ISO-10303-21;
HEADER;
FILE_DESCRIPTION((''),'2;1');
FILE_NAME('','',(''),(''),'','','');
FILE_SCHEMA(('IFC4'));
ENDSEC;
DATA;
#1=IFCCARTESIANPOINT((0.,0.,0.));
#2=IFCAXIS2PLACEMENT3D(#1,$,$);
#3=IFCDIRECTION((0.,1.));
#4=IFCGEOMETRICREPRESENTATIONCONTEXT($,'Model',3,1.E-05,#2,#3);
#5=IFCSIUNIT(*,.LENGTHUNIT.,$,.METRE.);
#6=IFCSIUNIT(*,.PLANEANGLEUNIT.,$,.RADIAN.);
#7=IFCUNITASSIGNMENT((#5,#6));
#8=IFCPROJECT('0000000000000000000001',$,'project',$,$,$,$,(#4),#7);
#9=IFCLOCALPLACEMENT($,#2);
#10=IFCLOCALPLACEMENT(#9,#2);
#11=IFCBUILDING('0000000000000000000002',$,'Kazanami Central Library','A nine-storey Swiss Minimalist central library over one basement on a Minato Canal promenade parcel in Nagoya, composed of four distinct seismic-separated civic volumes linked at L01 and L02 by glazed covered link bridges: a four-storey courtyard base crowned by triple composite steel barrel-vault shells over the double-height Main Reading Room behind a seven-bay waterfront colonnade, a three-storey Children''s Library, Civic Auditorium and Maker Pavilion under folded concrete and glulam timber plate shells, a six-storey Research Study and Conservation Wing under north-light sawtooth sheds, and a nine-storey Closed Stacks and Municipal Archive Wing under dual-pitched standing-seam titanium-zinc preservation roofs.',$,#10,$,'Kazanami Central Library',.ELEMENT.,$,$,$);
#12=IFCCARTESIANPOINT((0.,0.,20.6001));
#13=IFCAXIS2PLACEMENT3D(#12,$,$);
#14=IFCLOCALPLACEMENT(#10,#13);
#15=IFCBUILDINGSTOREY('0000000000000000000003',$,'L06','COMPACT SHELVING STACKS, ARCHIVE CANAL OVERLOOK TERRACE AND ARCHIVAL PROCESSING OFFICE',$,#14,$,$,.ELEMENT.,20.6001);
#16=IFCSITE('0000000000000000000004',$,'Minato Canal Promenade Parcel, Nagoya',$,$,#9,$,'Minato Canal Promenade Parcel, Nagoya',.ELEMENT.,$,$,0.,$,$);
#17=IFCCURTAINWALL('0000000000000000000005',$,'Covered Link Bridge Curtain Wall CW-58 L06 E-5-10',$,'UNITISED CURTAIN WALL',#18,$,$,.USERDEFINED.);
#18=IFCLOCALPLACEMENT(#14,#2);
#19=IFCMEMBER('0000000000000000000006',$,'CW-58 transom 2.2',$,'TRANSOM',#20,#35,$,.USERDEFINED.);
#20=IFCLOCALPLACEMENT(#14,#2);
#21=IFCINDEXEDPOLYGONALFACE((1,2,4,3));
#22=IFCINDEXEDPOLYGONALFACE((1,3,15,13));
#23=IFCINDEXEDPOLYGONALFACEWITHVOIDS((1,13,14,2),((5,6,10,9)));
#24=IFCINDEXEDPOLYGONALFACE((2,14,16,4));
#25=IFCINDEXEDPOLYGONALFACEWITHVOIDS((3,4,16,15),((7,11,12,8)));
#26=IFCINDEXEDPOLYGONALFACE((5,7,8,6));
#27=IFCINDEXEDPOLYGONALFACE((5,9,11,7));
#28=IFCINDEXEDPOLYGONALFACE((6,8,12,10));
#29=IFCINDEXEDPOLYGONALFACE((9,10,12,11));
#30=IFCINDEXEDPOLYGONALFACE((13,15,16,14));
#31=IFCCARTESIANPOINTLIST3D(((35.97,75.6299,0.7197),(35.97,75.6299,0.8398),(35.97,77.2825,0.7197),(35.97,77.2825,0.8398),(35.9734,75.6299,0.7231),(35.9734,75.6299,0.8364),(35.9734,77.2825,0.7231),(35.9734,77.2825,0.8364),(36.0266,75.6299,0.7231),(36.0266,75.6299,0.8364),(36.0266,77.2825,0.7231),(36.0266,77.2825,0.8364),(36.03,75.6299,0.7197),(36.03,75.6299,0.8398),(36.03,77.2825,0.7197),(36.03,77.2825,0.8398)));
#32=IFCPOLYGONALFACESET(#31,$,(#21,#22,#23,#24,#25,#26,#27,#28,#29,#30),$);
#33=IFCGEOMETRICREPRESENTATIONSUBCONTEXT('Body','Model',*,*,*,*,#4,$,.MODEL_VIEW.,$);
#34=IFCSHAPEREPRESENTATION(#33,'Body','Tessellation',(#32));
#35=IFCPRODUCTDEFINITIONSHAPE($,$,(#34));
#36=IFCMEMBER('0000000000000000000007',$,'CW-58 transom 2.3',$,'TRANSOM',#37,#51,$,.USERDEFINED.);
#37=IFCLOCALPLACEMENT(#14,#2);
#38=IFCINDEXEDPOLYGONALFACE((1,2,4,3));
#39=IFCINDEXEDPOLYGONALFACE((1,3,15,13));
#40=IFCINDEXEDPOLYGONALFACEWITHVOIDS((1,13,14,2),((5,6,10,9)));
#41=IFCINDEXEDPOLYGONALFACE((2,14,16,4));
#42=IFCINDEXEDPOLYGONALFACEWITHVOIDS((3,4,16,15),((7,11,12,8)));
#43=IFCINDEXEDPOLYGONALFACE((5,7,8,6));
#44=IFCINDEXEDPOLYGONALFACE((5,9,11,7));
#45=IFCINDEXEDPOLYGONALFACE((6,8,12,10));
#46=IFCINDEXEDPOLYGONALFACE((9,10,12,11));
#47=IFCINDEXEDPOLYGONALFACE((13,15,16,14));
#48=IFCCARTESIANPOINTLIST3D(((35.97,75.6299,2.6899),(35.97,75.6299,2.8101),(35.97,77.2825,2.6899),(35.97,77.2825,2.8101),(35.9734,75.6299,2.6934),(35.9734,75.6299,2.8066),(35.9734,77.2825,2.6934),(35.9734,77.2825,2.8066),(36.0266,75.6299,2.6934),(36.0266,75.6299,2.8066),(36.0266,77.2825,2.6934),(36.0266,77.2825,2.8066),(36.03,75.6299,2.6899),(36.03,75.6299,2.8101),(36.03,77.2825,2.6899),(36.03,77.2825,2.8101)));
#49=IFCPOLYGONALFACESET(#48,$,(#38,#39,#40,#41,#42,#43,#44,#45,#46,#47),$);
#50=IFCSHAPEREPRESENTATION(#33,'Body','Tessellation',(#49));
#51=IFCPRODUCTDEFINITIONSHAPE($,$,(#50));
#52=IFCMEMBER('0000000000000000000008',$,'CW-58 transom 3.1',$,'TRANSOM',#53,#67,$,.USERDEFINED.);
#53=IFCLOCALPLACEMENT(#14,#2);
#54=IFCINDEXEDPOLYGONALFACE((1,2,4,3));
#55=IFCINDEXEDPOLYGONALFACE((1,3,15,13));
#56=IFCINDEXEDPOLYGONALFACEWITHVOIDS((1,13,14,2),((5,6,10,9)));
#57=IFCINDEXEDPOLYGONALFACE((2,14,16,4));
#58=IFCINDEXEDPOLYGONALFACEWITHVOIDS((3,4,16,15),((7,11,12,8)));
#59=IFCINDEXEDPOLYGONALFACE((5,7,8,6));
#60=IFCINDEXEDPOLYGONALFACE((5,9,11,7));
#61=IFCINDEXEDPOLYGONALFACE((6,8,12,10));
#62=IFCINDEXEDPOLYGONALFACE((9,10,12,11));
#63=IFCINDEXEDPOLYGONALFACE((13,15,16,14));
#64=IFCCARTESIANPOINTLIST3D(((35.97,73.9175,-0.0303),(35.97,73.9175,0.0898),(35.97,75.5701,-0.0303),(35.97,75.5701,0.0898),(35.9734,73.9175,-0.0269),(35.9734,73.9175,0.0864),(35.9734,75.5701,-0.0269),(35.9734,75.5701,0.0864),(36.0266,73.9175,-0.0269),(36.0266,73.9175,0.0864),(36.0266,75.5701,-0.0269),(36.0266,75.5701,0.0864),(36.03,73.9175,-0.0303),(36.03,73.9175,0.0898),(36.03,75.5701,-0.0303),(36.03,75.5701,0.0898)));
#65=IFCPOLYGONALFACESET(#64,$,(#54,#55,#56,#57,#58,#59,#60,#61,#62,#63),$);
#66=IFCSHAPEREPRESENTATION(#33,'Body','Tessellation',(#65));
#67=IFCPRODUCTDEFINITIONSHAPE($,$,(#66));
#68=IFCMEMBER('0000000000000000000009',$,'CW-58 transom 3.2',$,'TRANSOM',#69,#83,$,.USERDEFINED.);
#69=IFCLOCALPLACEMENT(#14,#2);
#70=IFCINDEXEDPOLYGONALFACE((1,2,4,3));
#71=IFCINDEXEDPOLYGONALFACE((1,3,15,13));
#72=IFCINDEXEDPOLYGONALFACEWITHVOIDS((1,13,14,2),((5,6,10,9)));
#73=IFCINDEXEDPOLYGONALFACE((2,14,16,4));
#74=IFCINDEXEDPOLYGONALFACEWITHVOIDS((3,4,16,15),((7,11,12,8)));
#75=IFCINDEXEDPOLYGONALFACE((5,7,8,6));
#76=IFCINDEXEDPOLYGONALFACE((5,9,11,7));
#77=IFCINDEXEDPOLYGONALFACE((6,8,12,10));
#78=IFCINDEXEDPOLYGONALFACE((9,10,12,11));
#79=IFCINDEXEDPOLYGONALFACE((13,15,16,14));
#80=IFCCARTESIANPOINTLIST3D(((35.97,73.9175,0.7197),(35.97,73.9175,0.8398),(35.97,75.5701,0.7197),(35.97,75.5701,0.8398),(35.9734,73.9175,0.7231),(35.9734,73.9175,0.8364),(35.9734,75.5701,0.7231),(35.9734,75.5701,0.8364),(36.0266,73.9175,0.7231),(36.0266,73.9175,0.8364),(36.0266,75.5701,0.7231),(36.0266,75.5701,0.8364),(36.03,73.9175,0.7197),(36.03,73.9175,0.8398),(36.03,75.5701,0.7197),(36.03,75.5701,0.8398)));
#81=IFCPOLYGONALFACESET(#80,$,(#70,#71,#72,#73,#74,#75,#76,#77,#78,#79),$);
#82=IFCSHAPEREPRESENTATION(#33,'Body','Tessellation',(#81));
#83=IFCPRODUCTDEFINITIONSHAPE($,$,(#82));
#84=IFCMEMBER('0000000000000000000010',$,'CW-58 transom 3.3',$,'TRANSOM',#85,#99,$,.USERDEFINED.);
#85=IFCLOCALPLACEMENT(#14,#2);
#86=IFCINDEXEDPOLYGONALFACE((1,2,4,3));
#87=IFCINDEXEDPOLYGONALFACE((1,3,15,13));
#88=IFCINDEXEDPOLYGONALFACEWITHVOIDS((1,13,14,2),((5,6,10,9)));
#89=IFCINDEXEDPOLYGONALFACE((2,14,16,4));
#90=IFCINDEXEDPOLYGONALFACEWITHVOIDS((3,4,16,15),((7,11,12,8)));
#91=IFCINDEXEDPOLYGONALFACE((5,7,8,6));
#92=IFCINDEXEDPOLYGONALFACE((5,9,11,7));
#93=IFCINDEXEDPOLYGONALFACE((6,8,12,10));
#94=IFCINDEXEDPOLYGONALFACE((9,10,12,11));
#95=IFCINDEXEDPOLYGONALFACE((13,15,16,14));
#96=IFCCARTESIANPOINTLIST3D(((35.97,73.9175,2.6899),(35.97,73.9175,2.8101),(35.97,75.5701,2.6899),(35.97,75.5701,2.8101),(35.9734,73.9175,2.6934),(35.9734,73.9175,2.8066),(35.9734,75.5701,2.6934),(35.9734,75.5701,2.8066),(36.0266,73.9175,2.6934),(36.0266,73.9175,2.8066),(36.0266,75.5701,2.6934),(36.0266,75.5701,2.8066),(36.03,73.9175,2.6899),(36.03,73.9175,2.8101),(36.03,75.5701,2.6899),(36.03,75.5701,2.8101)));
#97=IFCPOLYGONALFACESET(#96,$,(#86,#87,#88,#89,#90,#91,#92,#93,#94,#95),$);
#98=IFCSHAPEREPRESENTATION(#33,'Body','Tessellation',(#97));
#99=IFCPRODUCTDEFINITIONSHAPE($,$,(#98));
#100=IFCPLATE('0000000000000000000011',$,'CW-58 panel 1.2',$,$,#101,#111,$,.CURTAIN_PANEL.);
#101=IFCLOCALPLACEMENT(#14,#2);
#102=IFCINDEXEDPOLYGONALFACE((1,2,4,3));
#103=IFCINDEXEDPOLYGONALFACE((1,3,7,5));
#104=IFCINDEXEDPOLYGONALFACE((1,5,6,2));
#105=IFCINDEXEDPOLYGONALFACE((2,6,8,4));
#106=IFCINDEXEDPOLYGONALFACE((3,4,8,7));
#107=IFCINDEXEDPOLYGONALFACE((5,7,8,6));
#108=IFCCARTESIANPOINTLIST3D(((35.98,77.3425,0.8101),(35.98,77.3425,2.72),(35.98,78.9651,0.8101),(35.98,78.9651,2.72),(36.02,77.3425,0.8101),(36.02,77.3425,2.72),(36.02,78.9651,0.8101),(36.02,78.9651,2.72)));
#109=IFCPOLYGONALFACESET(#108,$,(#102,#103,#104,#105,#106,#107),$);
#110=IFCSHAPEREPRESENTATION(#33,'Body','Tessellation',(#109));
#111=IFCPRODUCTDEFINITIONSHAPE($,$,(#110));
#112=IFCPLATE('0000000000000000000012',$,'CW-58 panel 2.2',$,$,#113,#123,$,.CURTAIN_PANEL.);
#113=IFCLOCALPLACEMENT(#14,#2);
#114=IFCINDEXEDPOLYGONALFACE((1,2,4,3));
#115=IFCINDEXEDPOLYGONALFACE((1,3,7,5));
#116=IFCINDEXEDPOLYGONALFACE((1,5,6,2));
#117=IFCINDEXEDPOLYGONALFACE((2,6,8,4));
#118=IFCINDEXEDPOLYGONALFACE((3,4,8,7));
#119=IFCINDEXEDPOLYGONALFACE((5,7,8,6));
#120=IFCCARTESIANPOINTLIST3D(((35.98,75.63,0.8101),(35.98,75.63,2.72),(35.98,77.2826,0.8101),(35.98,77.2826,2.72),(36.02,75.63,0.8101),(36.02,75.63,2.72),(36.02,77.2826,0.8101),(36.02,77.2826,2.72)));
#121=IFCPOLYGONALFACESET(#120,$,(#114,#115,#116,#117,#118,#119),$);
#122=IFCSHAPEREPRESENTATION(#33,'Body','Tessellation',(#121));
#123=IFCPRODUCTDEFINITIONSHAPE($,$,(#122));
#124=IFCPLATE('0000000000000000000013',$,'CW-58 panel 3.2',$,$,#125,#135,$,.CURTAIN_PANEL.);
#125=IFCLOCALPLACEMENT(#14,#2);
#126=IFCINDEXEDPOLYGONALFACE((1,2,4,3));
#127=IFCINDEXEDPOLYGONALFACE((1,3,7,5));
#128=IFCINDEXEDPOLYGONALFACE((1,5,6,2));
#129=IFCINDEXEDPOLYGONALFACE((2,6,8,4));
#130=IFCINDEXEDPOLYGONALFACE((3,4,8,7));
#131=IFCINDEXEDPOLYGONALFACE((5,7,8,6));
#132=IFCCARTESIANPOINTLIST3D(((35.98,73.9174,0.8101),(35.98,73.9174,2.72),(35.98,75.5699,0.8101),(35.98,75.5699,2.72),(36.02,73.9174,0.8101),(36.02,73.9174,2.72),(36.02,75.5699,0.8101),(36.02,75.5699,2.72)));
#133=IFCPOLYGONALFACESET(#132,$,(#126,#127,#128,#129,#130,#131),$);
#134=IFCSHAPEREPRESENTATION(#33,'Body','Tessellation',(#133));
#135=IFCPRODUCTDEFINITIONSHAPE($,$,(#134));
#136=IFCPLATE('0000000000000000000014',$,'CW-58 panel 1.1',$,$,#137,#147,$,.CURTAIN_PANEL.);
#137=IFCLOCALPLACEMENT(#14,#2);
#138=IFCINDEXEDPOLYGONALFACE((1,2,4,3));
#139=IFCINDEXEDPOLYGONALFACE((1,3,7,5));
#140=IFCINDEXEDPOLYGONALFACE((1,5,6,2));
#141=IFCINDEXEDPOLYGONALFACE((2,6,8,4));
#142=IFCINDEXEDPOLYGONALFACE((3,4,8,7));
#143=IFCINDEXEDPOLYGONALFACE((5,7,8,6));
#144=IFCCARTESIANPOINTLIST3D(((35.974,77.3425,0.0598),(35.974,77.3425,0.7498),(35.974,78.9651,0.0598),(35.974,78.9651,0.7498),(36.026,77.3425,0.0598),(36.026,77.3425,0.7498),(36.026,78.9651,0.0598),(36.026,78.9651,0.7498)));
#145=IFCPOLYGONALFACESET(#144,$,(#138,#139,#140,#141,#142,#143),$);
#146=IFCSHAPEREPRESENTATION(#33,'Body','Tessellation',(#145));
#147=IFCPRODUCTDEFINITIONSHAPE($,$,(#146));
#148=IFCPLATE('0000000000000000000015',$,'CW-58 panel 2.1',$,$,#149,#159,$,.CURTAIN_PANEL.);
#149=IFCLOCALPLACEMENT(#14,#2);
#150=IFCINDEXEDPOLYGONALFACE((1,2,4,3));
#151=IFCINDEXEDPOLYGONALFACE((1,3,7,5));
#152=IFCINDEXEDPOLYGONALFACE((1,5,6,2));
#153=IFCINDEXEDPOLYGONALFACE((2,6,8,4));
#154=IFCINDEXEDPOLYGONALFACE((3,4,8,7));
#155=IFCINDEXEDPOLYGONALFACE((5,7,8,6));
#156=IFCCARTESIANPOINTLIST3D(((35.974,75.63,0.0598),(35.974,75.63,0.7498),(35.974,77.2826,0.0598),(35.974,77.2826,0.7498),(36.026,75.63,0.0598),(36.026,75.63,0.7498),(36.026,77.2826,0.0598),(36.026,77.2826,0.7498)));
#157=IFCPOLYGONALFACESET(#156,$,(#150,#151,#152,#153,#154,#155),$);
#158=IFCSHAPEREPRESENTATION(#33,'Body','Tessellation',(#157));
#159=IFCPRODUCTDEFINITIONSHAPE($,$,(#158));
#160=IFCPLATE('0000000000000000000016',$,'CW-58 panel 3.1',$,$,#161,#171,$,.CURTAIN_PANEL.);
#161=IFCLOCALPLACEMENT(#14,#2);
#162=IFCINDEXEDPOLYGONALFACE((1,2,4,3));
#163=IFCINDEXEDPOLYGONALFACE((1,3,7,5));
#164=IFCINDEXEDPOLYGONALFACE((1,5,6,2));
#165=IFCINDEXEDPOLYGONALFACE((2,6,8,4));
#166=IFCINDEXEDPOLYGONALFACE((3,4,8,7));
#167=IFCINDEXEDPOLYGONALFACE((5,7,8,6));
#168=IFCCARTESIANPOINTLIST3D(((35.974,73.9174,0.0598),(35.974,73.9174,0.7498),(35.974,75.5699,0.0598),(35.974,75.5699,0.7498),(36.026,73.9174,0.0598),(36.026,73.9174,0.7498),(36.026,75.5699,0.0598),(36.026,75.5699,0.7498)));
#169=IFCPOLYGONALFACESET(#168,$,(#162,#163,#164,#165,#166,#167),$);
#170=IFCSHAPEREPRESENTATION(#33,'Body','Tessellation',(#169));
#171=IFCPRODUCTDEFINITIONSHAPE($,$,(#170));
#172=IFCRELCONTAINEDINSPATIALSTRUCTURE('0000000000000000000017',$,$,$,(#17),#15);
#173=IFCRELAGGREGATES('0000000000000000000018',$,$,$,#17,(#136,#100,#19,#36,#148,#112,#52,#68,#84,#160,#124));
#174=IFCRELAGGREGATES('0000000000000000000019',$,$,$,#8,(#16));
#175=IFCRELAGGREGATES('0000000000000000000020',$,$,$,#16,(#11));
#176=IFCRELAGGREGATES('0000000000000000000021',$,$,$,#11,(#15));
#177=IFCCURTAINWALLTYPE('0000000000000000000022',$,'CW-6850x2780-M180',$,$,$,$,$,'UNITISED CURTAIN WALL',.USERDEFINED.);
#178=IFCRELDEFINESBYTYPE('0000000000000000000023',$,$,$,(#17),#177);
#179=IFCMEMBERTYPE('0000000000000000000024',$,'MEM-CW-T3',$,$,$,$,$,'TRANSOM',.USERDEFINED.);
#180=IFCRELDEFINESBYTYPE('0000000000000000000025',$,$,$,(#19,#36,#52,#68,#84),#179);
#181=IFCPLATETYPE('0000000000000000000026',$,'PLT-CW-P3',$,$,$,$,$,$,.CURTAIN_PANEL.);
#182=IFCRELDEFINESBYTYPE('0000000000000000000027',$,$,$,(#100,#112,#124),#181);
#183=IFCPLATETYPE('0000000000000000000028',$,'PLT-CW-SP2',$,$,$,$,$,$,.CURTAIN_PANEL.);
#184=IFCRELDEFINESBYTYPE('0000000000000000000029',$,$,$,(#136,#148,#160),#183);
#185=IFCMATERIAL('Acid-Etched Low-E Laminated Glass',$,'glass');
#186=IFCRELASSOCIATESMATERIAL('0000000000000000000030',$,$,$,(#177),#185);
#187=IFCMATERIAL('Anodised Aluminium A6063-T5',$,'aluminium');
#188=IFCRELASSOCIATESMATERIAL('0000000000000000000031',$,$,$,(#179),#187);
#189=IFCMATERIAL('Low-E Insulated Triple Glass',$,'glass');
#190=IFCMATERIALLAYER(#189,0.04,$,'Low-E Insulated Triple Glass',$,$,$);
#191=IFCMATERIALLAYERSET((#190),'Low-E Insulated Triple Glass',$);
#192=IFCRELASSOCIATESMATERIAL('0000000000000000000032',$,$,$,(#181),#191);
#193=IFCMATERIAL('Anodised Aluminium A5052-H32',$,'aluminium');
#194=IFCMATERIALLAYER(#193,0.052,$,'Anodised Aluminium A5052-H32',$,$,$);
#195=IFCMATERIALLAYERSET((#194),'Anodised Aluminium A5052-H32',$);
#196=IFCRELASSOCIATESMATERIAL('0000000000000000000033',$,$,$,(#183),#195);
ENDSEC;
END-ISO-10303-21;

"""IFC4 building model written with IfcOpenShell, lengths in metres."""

from ifc_helpers import new_model, si_unit, direction, frame, origin, origin_2d, place, context, subcontext, project, spatial, rectangle, hollow_rectangle, extrude, material, layer, layer_set, material_profile, profile_set, type_object, element, aggregate, save


model = new_model("IFC4")

# Units and contexts
model_context = context("Model", 3, precision=1e-05, world=origin(), true_north=direction((0.0, 1.0)))
body_context = subcontext(model_context, "Body", "Model", "MODEL_VIEW")
ifc_project = project(units=[si_unit("LENGTHUNIT", "METRE"), si_unit("PLANEANGLEUNIT", "RADIAN")], contexts=[model_context])

# Site, building, storey
site_placement = place(None, origin())
site = spatial("IfcSite", under=ifc_project, at=site_placement, Name="Minato Canal Promenade Parcel, Nagoya", LongName="Minato Canal Promenade Parcel, Nagoya", CompositionType="ELEMENT", RefElevation=0.0)
building_placement = place(site_placement, origin())
building = spatial("IfcBuilding", under=site, at=building_placement, Name="Kazanami Central Library", Description="A nine-storey Swiss Minimalist central library over one basement on a Minato Canal promenade parcel in Nagoya, composed of four distinct seismic-separated civic volumes linked at L01 and L02 by glazed covered link bridges: a four-storey courtyard base crowned by triple composite steel barrel-vault shells over the double-height Main Reading Room behind a seven-bay waterfront colonnade, a three-storey Children's Library, Civic Auditorium and Maker Pavilion under folded concrete and glulam timber plate shells, a six-storey Research Study and Conservation Wing under north-light sawtooth sheds, and a nine-storey Closed Stacks and Municipal Archive Wing under dual-pitched standing-seam titanium-zinc preservation roofs.", LongName="Kazanami Central Library", CompositionType="ELEMENT")
storey_placement = place(building_placement, frame((0.0, 0.0, 20.6001)))
storey = spatial("IfcBuildingStorey", under=building, at=storey_placement, Name="L06", Description="COMPACT SHELVING STACKS, ARCHIVE CANAL OVERLOOK TERRACE AND ARCHIVAL PROCESSING OFFICE", CompositionType="ELEMENT", Elevation=20.6001)

# Curtain wall, members, plates
ifc_material_1 = material(Name="Acid-Etched Low-E Laminated Glass", Category="glass")
curtain_wall_type = type_object("IfcCurtainWallType", Name="CW-6850x2780-M180", ElementType="UNITISED CURTAIN WALL", PredefinedType="USERDEFINED", material=ifc_material_1)
curtain_wall_placement = place(storey_placement, origin())
curtain_wall = element("IfcCurtainWall", 1, at=curtain_wall_placement, inside=storey, type_object=curtain_wall_type, Name="Covered Link Bridge Curtain Wall CW-58 L06 E-5-10", ObjectType="UNITISED CURTAIN WALL", PredefinedType="USERDEFINED")
ifc_material_2 = material(Name="Anodised Aluminium A6063-T5", Category="aluminium")
ifc_material_profile_1 = material_profile(ifc_material_2, hollow_rectangle(XDim=0.0601, YDim=0.1201, WallThickness=0.0034, at=origin_2d()), Name="ALU-TRAN-60x120x3.5")
ifc_profile_set_1 = profile_set([ifc_material_profile_1], Name="Anodised Aluminium A6063-T5")
member_type_1 = type_object("IfcMemberType", Name="MEM-CW-T3", ElementType="TRANSOM", PredefinedType="USERDEFINED", material=ifc_profile_set_1)
member_1_placement = place(storey_placement, frame((36.0, 77.2825, 0.7798), z_axis=(0.0, -1.0, 0.0), x_axis=(1.0, 0.0, 0.0)))
member_1 = element("IfcMember", 2, at=member_1_placement, type_object=member_type_1, Name="CW-58 transom 2.2", ObjectType="TRANSOM", PredefinedType="USERDEFINED", context=body_context, shape_type="SweptSolid", body=[
    extrude(hollow_rectangle(XDim=0.0601, YDim=0.1201, WallThickness=0.0034, at=origin_2d()), origin(), (0.0, 0.0, 1.0), 1.6526),
])
member_2_placement = place(storey_placement, frame((36.0, 77.2825, 2.75), z_axis=(0.0, -1.0, 0.0), x_axis=(1.0, 0.0, 0.0)))
member_2 = element("IfcMember", 3, at=member_2_placement, type_object=member_type_1, Name="CW-58 transom 2.3", ObjectType="TRANSOM", PredefinedType="USERDEFINED", context=body_context, shape_type="SweptSolid", body=[
    extrude(hollow_rectangle(XDim=0.0601, YDim=0.1201, WallThickness=0.0034, at=origin_2d()), origin(), (0.0, 0.0, 1.0), 1.6526),
])
member_3_placement = place(storey_placement, frame((36.0, 75.5701, 0.0298), z_axis=(0.0, -1.0, 0.0), x_axis=(1.0, 0.0, 0.0)))
member_3 = element("IfcMember", 4, at=member_3_placement, type_object=member_type_1, Name="CW-58 transom 3.1", ObjectType="TRANSOM", PredefinedType="USERDEFINED", context=body_context, shape_type="SweptSolid", body=[
    extrude(hollow_rectangle(XDim=0.0601, YDim=0.1201, WallThickness=0.0034, at=origin_2d()), origin(), (0.0, 0.0, 1.0), 1.6526),
])
member_4_placement = place(storey_placement, frame((36.0, 75.5701, 0.7798), z_axis=(0.0, -1.0, 0.0), x_axis=(1.0, 0.0, 0.0)))
member_4 = element("IfcMember", 5, at=member_4_placement, type_object=member_type_1, Name="CW-58 transom 3.2", ObjectType="TRANSOM", PredefinedType="USERDEFINED", context=body_context, shape_type="SweptSolid", body=[
    extrude(hollow_rectangle(XDim=0.0601, YDim=0.1201, WallThickness=0.0034, at=origin_2d()), origin(), (0.0, 0.0, 1.0), 1.6526),
])
member_5_placement = place(storey_placement, frame((36.0, 75.5701, 2.75), z_axis=(0.0, -1.0, 0.0), x_axis=(1.0, 0.0, 0.0)))
member_5 = element("IfcMember", 6, at=member_5_placement, type_object=member_type_1, Name="CW-58 transom 3.3", ObjectType="TRANSOM", PredefinedType="USERDEFINED", context=body_context, shape_type="SweptSolid", body=[
    extrude(hollow_rectangle(XDim=0.0601, YDim=0.1201, WallThickness=0.0034, at=origin_2d()), origin(), (0.0, 0.0, 1.0), 1.6526),
])
ifc_material_3 = material(Name="Low-E Insulated Triple Glass", Category="glass")
ifc_layer_1 = layer(ifc_material_3, 0.04, Name="Low-E Insulated Triple Glass")
ifc_layer_set_1 = layer_set([ifc_layer_1], Name="Low-E Insulated Triple Glass")
plate_type_1 = type_object("IfcPlateType", Name="PLT-CW-P3", PredefinedType="CURTAIN_PANEL", material=ifc_layer_set_1)
plate_1_placement = place(storey_placement, frame((36.0, 78.1538, 0.8101), z_axis=(0.0, 0.0, 1.0), x_axis=(0.0, -1.0, 0.0)))
plate_1 = element("IfcPlate", 7, at=plate_1_placement, type_object=plate_type_1, Name="CW-58 panel 1.2", PredefinedType="CURTAIN_PANEL", context=body_context, shape_type="SweptSolid", body=[
    extrude(rectangle(XDim=1.6226, YDim=0.04, at=origin_2d()), origin(), (0.0, 0.0, 1.0), 1.9099),
])
plate_2_placement = place(storey_placement, frame((36.0, 76.4563, 0.8101), z_axis=(0.0, 0.0, 1.0), x_axis=(0.0, -1.0, 0.0)))
plate_2 = element("IfcPlate", 8, at=plate_2_placement, type_object=plate_type_1, Name="CW-58 panel 2.2", PredefinedType="CURTAIN_PANEL", context=body_context, shape_type="SweptSolid", body=[
    extrude(rectangle(XDim=1.6526, YDim=0.04, at=origin_2d()), origin(), (0.0, 0.0, 1.0), 1.9099),
])
plate_3_placement = place(storey_placement, frame((36.0, 74.7437, 0.8101), z_axis=(0.0, 0.0, 1.0), x_axis=(0.0, -1.0, 0.0)))
plate_3 = element("IfcPlate", 9, at=plate_3_placement, type_object=plate_type_1, Name="CW-58 panel 3.2", PredefinedType="CURTAIN_PANEL", context=body_context, shape_type="SweptSolid", body=[
    extrude(rectangle(XDim=1.6526, YDim=0.04, at=origin_2d()), origin(), (0.0, 0.0, 1.0), 1.9099),
])
ifc_material_4 = material(Name="Anodised Aluminium A5052-H32", Category="aluminium")
ifc_layer_2 = layer(ifc_material_4, 0.052, Name="Anodised Aluminium A5052-H32")
ifc_layer_set_2 = layer_set([ifc_layer_2], Name="Anodised Aluminium A5052-H32")
plate_type_2 = type_object("IfcPlateType", Name="PLT-CW-SP2", PredefinedType="CURTAIN_PANEL", material=ifc_layer_set_2)
plate_4_placement = place(storey_placement, frame((36.0, 78.1538, 0.0598), z_axis=(0.0, 0.0, 1.0), x_axis=(0.0, -1.0, 0.0)))
plate_4 = element("IfcPlate", 10, at=plate_4_placement, type_object=plate_type_2, Name="CW-58 panel 1.1", PredefinedType="CURTAIN_PANEL", context=body_context, shape_type="SweptSolid", body=[
    extrude(rectangle(XDim=1.6226, YDim=0.052, at=origin_2d()), origin(), (0.0, 0.0, 1.0), 0.6899),
])
plate_5_placement = place(storey_placement, frame((36.0, 76.4563, 0.0598), z_axis=(0.0, 0.0, 1.0), x_axis=(0.0, -1.0, 0.0)))
plate_5 = element("IfcPlate", 11, at=plate_5_placement, type_object=plate_type_2, Name="CW-58 panel 2.1", PredefinedType="CURTAIN_PANEL", context=body_context, shape_type="SweptSolid", body=[
    extrude(rectangle(XDim=1.6526, YDim=0.052, at=origin_2d()), origin(), (0.0, 0.0, 1.0), 0.6899),
])
plate_6_placement = place(storey_placement, frame((36.0, 74.7437, 0.0598), z_axis=(0.0, 0.0, 1.0), x_axis=(0.0, -1.0, 0.0)))
plate_6 = element("IfcPlate", 12, at=plate_6_placement, type_object=plate_type_2, Name="CW-58 panel 3.1", PredefinedType="CURTAIN_PANEL", context=body_context, shape_type="SweptSolid", body=[
    extrude(rectangle(XDim=1.6526, YDim=0.052, at=origin_2d()), origin(), (0.0, 0.0, 1.0), 0.6899),
])
aggregate(curtain_wall, [plate_4, plate_1, member_1, member_2, plate_5, plate_2, member_3, member_4, member_5, plate_6, plate_3])

save(model, "model.ifc")
